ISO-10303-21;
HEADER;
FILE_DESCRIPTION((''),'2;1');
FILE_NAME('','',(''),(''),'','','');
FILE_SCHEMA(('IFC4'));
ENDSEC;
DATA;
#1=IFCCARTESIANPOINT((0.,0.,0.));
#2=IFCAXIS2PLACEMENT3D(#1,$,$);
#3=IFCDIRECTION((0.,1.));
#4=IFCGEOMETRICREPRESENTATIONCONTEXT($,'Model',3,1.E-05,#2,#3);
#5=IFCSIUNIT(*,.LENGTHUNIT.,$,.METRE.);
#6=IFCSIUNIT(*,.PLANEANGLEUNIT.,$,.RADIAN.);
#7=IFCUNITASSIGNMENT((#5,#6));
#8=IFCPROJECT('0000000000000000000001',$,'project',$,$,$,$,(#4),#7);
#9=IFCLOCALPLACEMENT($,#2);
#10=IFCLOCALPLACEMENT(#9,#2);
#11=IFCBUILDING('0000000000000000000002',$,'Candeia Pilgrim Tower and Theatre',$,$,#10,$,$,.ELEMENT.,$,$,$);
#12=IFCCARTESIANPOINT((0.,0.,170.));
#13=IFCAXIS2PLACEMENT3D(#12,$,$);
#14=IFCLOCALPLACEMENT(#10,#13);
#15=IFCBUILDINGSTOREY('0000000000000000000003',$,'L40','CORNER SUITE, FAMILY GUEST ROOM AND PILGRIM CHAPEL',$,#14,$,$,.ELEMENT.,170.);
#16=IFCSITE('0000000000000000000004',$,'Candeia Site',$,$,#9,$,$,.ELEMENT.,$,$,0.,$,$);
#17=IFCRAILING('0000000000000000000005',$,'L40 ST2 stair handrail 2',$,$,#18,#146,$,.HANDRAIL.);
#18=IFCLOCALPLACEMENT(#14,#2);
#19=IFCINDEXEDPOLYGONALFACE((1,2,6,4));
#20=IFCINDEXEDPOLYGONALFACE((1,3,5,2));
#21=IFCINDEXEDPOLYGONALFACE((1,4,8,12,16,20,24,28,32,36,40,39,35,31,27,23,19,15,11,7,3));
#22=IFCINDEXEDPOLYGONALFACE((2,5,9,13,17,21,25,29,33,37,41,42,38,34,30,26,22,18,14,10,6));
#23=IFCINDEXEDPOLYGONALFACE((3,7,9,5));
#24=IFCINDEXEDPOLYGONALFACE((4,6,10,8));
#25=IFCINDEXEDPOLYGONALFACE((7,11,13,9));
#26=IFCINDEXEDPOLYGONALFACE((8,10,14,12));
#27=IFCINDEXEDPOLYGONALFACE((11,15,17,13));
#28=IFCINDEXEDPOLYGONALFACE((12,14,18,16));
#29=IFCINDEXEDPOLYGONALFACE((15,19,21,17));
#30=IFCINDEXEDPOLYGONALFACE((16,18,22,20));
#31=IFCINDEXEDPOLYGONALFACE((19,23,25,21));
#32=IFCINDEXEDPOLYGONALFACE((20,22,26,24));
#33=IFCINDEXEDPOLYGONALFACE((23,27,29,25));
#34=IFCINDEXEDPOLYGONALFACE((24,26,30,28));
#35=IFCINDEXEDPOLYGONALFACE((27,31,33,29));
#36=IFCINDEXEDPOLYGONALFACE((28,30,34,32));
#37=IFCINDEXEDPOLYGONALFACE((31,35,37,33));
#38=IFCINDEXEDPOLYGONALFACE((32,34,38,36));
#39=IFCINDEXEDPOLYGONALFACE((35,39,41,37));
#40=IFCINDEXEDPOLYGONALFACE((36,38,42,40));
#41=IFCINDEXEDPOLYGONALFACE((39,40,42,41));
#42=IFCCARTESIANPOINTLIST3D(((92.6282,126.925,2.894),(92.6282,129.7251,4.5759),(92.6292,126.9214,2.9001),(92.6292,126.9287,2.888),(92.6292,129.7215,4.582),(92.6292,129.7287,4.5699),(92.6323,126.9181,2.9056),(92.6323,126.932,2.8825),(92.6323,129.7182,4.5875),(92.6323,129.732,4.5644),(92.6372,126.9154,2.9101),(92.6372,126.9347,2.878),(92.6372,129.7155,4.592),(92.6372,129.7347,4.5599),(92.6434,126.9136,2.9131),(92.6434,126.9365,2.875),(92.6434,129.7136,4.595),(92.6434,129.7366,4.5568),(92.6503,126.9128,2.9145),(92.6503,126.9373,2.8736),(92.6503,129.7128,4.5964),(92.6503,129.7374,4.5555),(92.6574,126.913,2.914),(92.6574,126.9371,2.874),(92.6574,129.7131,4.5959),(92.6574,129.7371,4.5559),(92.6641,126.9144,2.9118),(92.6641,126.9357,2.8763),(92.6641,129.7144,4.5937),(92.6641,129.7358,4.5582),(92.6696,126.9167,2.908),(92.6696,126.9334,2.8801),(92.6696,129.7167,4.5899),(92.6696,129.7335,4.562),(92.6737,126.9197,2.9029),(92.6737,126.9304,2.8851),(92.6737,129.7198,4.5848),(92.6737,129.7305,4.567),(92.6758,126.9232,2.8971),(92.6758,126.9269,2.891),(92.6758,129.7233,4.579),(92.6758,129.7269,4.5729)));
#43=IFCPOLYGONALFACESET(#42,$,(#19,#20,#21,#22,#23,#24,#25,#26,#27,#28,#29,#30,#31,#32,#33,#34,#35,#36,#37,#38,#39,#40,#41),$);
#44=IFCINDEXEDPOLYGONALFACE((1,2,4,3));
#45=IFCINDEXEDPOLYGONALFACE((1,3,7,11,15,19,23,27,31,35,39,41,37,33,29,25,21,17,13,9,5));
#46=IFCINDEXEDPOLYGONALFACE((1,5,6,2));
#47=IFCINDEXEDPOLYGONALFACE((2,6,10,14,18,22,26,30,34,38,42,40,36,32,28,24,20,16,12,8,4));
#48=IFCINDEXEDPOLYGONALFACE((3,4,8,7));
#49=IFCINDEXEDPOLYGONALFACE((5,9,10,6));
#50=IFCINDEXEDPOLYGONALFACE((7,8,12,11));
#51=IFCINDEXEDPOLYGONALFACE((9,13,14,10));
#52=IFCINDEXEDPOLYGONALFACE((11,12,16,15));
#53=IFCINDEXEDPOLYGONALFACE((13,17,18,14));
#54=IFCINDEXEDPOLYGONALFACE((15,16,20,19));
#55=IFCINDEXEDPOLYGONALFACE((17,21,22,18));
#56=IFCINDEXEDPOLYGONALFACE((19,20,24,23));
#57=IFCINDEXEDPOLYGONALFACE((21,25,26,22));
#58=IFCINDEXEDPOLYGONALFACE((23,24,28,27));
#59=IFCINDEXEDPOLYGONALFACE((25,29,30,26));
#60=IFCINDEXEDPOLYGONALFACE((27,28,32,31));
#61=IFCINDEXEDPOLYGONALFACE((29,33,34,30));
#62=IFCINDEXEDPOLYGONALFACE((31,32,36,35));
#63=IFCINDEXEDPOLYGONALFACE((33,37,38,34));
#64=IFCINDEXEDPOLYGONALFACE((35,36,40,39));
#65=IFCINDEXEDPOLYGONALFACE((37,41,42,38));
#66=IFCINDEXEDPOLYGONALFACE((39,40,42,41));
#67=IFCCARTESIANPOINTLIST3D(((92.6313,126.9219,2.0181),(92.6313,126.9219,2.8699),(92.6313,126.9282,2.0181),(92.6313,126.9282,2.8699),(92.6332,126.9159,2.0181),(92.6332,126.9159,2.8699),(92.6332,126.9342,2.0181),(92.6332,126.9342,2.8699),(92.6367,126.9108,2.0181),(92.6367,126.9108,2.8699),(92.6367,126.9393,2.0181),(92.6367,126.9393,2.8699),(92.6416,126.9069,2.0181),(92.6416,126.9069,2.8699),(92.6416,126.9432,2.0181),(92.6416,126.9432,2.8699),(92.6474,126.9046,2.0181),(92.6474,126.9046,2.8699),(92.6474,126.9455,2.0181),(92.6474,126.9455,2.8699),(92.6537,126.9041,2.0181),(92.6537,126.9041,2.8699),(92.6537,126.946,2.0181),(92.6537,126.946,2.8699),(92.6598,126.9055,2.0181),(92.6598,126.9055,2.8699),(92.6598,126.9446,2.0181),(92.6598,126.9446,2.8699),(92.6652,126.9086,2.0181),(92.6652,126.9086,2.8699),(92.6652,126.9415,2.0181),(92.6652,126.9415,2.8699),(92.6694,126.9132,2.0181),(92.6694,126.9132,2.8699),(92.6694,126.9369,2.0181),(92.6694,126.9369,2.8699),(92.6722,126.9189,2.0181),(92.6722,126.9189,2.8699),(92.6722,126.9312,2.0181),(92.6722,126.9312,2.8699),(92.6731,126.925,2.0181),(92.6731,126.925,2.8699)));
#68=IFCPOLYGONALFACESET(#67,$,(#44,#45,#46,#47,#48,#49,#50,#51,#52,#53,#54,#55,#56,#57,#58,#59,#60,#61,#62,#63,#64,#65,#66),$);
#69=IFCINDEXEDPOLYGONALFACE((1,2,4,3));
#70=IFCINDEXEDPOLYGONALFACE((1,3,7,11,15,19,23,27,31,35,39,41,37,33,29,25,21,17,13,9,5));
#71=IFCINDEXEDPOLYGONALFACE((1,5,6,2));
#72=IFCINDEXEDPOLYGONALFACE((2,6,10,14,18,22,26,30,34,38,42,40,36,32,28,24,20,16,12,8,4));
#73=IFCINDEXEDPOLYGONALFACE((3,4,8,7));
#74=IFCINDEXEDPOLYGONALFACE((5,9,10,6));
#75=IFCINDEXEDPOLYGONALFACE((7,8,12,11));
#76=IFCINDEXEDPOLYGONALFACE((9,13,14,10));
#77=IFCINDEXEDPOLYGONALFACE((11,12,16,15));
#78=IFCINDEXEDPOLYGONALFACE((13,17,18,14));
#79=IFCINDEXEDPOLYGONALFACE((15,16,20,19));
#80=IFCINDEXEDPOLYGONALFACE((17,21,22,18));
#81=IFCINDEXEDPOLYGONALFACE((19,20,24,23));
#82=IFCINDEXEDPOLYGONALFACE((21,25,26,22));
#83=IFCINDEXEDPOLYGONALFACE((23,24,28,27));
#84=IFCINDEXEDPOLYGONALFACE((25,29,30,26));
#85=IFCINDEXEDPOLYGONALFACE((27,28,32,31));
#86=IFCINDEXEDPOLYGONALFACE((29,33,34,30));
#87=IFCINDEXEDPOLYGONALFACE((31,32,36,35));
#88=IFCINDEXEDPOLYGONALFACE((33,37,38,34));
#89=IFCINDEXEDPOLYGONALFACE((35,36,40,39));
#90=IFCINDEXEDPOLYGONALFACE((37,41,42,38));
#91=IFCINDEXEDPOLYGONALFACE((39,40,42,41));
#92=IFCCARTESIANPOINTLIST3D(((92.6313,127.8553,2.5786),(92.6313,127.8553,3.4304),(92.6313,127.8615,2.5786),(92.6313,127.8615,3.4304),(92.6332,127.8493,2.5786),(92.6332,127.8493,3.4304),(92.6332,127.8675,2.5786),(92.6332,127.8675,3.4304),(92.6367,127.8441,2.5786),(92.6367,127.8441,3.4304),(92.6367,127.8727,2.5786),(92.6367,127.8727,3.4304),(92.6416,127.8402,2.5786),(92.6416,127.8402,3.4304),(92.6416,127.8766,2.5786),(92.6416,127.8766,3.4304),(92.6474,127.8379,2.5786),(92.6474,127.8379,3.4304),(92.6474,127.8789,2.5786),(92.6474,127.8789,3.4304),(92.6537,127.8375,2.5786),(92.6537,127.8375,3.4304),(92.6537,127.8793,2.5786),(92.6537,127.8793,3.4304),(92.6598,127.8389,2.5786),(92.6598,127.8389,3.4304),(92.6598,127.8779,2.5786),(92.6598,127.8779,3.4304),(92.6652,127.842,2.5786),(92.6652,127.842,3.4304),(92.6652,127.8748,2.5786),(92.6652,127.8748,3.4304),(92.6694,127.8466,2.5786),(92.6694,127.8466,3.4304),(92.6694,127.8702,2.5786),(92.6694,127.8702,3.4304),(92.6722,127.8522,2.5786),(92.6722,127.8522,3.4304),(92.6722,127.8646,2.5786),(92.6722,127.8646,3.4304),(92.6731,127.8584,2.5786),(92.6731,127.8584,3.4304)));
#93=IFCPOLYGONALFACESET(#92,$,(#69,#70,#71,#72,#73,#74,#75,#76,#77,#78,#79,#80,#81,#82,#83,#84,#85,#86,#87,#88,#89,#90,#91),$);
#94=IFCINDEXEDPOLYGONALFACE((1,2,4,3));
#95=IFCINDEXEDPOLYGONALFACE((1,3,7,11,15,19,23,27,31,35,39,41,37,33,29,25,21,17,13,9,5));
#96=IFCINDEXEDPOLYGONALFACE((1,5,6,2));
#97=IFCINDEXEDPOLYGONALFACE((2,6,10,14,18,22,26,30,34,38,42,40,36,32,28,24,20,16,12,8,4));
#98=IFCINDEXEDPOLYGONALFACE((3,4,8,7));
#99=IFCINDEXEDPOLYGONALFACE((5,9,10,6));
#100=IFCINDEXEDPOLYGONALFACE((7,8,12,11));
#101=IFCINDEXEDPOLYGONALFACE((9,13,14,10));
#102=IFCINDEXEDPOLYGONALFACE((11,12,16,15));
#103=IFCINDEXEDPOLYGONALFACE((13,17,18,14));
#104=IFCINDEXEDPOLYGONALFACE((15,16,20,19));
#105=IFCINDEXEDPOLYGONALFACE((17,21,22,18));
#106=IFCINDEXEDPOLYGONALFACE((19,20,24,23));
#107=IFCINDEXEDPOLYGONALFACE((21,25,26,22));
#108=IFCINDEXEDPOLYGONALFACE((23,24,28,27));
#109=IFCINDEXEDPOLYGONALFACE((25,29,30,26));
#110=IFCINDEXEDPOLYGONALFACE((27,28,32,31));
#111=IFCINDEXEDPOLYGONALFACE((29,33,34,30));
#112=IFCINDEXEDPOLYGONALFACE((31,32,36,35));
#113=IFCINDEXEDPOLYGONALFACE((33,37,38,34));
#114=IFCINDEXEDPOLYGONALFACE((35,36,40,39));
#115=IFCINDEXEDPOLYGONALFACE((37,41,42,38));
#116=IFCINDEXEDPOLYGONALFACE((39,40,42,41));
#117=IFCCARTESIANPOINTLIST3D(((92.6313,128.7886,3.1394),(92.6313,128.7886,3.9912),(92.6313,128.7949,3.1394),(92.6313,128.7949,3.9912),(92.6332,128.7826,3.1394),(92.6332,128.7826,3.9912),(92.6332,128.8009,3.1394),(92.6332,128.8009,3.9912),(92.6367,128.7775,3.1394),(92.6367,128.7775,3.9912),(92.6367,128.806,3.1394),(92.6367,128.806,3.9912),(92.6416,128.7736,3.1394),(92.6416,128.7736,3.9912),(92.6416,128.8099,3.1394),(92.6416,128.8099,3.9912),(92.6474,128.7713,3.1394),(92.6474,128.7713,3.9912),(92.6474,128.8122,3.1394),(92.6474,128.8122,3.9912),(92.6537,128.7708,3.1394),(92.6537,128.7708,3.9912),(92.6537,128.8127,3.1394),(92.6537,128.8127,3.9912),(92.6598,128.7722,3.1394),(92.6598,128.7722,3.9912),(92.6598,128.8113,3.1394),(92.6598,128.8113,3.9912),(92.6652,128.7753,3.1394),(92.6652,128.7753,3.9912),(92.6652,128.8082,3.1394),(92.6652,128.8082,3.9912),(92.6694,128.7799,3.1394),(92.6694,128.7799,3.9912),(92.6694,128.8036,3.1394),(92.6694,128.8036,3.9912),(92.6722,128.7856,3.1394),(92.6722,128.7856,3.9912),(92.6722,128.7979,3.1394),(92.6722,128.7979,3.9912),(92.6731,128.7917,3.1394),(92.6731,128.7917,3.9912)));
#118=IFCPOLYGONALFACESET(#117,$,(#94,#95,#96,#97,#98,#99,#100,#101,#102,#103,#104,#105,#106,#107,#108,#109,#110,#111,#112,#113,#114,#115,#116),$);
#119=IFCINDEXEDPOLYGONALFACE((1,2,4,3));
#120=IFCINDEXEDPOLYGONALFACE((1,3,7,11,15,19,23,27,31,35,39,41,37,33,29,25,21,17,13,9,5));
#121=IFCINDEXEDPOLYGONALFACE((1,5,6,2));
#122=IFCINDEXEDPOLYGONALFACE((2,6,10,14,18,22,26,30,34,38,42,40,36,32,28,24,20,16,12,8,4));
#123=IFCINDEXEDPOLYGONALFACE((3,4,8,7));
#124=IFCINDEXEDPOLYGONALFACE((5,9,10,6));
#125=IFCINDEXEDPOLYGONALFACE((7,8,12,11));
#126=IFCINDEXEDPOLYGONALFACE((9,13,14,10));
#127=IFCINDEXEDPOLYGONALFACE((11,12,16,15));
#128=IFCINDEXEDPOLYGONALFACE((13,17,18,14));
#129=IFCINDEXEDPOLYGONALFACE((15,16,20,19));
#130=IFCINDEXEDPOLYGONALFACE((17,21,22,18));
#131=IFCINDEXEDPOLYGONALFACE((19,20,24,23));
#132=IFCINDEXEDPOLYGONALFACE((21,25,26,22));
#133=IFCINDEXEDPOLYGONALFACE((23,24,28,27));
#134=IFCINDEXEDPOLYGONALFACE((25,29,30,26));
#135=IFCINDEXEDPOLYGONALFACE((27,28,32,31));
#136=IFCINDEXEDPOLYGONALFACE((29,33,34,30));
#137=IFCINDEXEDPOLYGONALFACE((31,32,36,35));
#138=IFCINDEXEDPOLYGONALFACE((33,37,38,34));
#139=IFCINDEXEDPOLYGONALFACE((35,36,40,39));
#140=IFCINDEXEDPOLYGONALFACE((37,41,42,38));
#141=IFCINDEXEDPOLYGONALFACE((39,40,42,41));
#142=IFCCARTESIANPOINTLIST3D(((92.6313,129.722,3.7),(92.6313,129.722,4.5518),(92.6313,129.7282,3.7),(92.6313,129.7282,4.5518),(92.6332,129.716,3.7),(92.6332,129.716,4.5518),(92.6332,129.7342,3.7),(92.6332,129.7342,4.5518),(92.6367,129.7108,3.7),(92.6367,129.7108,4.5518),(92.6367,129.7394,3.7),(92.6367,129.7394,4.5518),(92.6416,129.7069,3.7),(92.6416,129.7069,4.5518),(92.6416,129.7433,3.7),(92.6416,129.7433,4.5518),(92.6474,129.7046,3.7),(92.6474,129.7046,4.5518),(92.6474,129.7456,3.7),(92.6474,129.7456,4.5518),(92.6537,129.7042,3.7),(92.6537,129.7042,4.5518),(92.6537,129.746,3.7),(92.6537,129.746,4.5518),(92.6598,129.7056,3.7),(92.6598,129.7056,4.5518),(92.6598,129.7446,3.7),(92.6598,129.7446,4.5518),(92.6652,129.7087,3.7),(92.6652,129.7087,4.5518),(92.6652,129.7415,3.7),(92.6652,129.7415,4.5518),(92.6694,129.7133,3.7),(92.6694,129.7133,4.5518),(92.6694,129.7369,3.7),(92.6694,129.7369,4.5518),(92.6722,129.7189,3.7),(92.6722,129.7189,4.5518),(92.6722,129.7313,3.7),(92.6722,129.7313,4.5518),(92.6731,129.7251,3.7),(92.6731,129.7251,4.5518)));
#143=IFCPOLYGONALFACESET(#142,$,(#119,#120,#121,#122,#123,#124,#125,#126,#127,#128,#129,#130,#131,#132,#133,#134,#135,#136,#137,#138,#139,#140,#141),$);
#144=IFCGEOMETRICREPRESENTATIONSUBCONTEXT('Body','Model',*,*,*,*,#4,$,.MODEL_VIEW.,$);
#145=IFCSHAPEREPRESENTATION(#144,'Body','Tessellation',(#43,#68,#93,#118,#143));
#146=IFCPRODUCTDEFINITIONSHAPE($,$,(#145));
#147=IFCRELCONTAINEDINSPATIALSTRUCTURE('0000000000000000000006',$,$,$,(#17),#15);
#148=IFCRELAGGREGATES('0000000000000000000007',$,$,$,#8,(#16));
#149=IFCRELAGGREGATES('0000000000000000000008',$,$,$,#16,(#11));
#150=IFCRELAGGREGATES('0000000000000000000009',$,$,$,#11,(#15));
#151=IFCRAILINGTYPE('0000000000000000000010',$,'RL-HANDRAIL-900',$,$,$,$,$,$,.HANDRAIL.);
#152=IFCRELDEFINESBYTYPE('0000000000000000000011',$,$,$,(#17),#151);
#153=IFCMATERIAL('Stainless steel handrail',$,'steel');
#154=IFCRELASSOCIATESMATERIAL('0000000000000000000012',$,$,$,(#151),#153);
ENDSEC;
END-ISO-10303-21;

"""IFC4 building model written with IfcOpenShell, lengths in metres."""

from ifc_helpers import new_model, si_unit, direction, frame, origin, origin_2d, place, context, subcontext, project, spatial, circle, extrude, material, type_object, element, save


model = new_model("IFC4")

# Units and contexts
model_context = context("Model", 3, precision=1e-05, world=origin(), true_north=direction((0.0, 1.0)))
body_context = subcontext(model_context, "Body", "Model", "MODEL_VIEW")
ifc_project = project(units=[si_unit("LENGTHUNIT", "METRE"), si_unit("PLANEANGLEUNIT", "RADIAN")], contexts=[model_context])

# Site, building, storey
site_placement = place(None, origin())
site = spatial("IfcSite", under=ifc_project, at=site_placement, Name="Candeia Site", CompositionType="ELEMENT", RefElevation=0.0)
building_placement = place(site_placement, origin())
building = spatial("IfcBuilding", under=site, at=building_placement, Name="Candeia Pilgrim Tower and Theatre", CompositionType="ELEMENT")
storey_placement = place(building_placement, frame((0.0, 0.0, 170.0)))
storey = spatial("IfcBuildingStorey", under=building, at=storey_placement, Name="L40", Description="CORNER SUITE, FAMILY GUEST ROOM AND PILGRIM CHAPEL", CompositionType="ELEMENT", Elevation=170.0)

# Railing
ifc_material_1 = material(Name="Stainless steel handrail", Category="steel")
railing_type_1 = type_object("IfcRailingType", Name="RL-HANDRAIL-900", PredefinedType="HANDRAIL", material=ifc_material_1)
railing_1_placement = place(storey_placement, frame((92.6521, 126.925, 2.0181)))
element("IfcRailing", 1, at=railing_1_placement, inside=storey, type_object=railing_type_1, Name="L40 ST2 stair handrail 2", PredefinedType="HANDRAIL", context=body_context, shape_type="SweptSolid", body=[
    extrude(circle(Radius=0.0239, at=origin_2d()), frame((0.0, 0.0, 0.876), z_axis=(0.0, 0.857242, 0.514913), x_axis=(-1.0, 0.0, 0.0)), (0.0, 0.0, 1.0), 3.2664),
    extrude(circle(Radius=0.021, at=origin_2d()), origin(), (0.0, 0.0, 1.0), 0.8518),
    extrude(circle(Radius=0.021, at=origin_2d()), frame((0.0, 0.9333, 0.5605)), (0.0, 0.0, 1.0), 0.8518),
    extrude(circle(Radius=0.021, at=origin_2d()), frame((0.0, 1.8667, 1.1213)), (0.0, 0.0, 1.0), 0.8518),
    extrude(circle(Radius=0.021, at=origin_2d()), frame((0.0, 2.8, 1.6819)), (0.0, 0.0, 1.0), 0.8518),
])

save(model, "model.ifc")
